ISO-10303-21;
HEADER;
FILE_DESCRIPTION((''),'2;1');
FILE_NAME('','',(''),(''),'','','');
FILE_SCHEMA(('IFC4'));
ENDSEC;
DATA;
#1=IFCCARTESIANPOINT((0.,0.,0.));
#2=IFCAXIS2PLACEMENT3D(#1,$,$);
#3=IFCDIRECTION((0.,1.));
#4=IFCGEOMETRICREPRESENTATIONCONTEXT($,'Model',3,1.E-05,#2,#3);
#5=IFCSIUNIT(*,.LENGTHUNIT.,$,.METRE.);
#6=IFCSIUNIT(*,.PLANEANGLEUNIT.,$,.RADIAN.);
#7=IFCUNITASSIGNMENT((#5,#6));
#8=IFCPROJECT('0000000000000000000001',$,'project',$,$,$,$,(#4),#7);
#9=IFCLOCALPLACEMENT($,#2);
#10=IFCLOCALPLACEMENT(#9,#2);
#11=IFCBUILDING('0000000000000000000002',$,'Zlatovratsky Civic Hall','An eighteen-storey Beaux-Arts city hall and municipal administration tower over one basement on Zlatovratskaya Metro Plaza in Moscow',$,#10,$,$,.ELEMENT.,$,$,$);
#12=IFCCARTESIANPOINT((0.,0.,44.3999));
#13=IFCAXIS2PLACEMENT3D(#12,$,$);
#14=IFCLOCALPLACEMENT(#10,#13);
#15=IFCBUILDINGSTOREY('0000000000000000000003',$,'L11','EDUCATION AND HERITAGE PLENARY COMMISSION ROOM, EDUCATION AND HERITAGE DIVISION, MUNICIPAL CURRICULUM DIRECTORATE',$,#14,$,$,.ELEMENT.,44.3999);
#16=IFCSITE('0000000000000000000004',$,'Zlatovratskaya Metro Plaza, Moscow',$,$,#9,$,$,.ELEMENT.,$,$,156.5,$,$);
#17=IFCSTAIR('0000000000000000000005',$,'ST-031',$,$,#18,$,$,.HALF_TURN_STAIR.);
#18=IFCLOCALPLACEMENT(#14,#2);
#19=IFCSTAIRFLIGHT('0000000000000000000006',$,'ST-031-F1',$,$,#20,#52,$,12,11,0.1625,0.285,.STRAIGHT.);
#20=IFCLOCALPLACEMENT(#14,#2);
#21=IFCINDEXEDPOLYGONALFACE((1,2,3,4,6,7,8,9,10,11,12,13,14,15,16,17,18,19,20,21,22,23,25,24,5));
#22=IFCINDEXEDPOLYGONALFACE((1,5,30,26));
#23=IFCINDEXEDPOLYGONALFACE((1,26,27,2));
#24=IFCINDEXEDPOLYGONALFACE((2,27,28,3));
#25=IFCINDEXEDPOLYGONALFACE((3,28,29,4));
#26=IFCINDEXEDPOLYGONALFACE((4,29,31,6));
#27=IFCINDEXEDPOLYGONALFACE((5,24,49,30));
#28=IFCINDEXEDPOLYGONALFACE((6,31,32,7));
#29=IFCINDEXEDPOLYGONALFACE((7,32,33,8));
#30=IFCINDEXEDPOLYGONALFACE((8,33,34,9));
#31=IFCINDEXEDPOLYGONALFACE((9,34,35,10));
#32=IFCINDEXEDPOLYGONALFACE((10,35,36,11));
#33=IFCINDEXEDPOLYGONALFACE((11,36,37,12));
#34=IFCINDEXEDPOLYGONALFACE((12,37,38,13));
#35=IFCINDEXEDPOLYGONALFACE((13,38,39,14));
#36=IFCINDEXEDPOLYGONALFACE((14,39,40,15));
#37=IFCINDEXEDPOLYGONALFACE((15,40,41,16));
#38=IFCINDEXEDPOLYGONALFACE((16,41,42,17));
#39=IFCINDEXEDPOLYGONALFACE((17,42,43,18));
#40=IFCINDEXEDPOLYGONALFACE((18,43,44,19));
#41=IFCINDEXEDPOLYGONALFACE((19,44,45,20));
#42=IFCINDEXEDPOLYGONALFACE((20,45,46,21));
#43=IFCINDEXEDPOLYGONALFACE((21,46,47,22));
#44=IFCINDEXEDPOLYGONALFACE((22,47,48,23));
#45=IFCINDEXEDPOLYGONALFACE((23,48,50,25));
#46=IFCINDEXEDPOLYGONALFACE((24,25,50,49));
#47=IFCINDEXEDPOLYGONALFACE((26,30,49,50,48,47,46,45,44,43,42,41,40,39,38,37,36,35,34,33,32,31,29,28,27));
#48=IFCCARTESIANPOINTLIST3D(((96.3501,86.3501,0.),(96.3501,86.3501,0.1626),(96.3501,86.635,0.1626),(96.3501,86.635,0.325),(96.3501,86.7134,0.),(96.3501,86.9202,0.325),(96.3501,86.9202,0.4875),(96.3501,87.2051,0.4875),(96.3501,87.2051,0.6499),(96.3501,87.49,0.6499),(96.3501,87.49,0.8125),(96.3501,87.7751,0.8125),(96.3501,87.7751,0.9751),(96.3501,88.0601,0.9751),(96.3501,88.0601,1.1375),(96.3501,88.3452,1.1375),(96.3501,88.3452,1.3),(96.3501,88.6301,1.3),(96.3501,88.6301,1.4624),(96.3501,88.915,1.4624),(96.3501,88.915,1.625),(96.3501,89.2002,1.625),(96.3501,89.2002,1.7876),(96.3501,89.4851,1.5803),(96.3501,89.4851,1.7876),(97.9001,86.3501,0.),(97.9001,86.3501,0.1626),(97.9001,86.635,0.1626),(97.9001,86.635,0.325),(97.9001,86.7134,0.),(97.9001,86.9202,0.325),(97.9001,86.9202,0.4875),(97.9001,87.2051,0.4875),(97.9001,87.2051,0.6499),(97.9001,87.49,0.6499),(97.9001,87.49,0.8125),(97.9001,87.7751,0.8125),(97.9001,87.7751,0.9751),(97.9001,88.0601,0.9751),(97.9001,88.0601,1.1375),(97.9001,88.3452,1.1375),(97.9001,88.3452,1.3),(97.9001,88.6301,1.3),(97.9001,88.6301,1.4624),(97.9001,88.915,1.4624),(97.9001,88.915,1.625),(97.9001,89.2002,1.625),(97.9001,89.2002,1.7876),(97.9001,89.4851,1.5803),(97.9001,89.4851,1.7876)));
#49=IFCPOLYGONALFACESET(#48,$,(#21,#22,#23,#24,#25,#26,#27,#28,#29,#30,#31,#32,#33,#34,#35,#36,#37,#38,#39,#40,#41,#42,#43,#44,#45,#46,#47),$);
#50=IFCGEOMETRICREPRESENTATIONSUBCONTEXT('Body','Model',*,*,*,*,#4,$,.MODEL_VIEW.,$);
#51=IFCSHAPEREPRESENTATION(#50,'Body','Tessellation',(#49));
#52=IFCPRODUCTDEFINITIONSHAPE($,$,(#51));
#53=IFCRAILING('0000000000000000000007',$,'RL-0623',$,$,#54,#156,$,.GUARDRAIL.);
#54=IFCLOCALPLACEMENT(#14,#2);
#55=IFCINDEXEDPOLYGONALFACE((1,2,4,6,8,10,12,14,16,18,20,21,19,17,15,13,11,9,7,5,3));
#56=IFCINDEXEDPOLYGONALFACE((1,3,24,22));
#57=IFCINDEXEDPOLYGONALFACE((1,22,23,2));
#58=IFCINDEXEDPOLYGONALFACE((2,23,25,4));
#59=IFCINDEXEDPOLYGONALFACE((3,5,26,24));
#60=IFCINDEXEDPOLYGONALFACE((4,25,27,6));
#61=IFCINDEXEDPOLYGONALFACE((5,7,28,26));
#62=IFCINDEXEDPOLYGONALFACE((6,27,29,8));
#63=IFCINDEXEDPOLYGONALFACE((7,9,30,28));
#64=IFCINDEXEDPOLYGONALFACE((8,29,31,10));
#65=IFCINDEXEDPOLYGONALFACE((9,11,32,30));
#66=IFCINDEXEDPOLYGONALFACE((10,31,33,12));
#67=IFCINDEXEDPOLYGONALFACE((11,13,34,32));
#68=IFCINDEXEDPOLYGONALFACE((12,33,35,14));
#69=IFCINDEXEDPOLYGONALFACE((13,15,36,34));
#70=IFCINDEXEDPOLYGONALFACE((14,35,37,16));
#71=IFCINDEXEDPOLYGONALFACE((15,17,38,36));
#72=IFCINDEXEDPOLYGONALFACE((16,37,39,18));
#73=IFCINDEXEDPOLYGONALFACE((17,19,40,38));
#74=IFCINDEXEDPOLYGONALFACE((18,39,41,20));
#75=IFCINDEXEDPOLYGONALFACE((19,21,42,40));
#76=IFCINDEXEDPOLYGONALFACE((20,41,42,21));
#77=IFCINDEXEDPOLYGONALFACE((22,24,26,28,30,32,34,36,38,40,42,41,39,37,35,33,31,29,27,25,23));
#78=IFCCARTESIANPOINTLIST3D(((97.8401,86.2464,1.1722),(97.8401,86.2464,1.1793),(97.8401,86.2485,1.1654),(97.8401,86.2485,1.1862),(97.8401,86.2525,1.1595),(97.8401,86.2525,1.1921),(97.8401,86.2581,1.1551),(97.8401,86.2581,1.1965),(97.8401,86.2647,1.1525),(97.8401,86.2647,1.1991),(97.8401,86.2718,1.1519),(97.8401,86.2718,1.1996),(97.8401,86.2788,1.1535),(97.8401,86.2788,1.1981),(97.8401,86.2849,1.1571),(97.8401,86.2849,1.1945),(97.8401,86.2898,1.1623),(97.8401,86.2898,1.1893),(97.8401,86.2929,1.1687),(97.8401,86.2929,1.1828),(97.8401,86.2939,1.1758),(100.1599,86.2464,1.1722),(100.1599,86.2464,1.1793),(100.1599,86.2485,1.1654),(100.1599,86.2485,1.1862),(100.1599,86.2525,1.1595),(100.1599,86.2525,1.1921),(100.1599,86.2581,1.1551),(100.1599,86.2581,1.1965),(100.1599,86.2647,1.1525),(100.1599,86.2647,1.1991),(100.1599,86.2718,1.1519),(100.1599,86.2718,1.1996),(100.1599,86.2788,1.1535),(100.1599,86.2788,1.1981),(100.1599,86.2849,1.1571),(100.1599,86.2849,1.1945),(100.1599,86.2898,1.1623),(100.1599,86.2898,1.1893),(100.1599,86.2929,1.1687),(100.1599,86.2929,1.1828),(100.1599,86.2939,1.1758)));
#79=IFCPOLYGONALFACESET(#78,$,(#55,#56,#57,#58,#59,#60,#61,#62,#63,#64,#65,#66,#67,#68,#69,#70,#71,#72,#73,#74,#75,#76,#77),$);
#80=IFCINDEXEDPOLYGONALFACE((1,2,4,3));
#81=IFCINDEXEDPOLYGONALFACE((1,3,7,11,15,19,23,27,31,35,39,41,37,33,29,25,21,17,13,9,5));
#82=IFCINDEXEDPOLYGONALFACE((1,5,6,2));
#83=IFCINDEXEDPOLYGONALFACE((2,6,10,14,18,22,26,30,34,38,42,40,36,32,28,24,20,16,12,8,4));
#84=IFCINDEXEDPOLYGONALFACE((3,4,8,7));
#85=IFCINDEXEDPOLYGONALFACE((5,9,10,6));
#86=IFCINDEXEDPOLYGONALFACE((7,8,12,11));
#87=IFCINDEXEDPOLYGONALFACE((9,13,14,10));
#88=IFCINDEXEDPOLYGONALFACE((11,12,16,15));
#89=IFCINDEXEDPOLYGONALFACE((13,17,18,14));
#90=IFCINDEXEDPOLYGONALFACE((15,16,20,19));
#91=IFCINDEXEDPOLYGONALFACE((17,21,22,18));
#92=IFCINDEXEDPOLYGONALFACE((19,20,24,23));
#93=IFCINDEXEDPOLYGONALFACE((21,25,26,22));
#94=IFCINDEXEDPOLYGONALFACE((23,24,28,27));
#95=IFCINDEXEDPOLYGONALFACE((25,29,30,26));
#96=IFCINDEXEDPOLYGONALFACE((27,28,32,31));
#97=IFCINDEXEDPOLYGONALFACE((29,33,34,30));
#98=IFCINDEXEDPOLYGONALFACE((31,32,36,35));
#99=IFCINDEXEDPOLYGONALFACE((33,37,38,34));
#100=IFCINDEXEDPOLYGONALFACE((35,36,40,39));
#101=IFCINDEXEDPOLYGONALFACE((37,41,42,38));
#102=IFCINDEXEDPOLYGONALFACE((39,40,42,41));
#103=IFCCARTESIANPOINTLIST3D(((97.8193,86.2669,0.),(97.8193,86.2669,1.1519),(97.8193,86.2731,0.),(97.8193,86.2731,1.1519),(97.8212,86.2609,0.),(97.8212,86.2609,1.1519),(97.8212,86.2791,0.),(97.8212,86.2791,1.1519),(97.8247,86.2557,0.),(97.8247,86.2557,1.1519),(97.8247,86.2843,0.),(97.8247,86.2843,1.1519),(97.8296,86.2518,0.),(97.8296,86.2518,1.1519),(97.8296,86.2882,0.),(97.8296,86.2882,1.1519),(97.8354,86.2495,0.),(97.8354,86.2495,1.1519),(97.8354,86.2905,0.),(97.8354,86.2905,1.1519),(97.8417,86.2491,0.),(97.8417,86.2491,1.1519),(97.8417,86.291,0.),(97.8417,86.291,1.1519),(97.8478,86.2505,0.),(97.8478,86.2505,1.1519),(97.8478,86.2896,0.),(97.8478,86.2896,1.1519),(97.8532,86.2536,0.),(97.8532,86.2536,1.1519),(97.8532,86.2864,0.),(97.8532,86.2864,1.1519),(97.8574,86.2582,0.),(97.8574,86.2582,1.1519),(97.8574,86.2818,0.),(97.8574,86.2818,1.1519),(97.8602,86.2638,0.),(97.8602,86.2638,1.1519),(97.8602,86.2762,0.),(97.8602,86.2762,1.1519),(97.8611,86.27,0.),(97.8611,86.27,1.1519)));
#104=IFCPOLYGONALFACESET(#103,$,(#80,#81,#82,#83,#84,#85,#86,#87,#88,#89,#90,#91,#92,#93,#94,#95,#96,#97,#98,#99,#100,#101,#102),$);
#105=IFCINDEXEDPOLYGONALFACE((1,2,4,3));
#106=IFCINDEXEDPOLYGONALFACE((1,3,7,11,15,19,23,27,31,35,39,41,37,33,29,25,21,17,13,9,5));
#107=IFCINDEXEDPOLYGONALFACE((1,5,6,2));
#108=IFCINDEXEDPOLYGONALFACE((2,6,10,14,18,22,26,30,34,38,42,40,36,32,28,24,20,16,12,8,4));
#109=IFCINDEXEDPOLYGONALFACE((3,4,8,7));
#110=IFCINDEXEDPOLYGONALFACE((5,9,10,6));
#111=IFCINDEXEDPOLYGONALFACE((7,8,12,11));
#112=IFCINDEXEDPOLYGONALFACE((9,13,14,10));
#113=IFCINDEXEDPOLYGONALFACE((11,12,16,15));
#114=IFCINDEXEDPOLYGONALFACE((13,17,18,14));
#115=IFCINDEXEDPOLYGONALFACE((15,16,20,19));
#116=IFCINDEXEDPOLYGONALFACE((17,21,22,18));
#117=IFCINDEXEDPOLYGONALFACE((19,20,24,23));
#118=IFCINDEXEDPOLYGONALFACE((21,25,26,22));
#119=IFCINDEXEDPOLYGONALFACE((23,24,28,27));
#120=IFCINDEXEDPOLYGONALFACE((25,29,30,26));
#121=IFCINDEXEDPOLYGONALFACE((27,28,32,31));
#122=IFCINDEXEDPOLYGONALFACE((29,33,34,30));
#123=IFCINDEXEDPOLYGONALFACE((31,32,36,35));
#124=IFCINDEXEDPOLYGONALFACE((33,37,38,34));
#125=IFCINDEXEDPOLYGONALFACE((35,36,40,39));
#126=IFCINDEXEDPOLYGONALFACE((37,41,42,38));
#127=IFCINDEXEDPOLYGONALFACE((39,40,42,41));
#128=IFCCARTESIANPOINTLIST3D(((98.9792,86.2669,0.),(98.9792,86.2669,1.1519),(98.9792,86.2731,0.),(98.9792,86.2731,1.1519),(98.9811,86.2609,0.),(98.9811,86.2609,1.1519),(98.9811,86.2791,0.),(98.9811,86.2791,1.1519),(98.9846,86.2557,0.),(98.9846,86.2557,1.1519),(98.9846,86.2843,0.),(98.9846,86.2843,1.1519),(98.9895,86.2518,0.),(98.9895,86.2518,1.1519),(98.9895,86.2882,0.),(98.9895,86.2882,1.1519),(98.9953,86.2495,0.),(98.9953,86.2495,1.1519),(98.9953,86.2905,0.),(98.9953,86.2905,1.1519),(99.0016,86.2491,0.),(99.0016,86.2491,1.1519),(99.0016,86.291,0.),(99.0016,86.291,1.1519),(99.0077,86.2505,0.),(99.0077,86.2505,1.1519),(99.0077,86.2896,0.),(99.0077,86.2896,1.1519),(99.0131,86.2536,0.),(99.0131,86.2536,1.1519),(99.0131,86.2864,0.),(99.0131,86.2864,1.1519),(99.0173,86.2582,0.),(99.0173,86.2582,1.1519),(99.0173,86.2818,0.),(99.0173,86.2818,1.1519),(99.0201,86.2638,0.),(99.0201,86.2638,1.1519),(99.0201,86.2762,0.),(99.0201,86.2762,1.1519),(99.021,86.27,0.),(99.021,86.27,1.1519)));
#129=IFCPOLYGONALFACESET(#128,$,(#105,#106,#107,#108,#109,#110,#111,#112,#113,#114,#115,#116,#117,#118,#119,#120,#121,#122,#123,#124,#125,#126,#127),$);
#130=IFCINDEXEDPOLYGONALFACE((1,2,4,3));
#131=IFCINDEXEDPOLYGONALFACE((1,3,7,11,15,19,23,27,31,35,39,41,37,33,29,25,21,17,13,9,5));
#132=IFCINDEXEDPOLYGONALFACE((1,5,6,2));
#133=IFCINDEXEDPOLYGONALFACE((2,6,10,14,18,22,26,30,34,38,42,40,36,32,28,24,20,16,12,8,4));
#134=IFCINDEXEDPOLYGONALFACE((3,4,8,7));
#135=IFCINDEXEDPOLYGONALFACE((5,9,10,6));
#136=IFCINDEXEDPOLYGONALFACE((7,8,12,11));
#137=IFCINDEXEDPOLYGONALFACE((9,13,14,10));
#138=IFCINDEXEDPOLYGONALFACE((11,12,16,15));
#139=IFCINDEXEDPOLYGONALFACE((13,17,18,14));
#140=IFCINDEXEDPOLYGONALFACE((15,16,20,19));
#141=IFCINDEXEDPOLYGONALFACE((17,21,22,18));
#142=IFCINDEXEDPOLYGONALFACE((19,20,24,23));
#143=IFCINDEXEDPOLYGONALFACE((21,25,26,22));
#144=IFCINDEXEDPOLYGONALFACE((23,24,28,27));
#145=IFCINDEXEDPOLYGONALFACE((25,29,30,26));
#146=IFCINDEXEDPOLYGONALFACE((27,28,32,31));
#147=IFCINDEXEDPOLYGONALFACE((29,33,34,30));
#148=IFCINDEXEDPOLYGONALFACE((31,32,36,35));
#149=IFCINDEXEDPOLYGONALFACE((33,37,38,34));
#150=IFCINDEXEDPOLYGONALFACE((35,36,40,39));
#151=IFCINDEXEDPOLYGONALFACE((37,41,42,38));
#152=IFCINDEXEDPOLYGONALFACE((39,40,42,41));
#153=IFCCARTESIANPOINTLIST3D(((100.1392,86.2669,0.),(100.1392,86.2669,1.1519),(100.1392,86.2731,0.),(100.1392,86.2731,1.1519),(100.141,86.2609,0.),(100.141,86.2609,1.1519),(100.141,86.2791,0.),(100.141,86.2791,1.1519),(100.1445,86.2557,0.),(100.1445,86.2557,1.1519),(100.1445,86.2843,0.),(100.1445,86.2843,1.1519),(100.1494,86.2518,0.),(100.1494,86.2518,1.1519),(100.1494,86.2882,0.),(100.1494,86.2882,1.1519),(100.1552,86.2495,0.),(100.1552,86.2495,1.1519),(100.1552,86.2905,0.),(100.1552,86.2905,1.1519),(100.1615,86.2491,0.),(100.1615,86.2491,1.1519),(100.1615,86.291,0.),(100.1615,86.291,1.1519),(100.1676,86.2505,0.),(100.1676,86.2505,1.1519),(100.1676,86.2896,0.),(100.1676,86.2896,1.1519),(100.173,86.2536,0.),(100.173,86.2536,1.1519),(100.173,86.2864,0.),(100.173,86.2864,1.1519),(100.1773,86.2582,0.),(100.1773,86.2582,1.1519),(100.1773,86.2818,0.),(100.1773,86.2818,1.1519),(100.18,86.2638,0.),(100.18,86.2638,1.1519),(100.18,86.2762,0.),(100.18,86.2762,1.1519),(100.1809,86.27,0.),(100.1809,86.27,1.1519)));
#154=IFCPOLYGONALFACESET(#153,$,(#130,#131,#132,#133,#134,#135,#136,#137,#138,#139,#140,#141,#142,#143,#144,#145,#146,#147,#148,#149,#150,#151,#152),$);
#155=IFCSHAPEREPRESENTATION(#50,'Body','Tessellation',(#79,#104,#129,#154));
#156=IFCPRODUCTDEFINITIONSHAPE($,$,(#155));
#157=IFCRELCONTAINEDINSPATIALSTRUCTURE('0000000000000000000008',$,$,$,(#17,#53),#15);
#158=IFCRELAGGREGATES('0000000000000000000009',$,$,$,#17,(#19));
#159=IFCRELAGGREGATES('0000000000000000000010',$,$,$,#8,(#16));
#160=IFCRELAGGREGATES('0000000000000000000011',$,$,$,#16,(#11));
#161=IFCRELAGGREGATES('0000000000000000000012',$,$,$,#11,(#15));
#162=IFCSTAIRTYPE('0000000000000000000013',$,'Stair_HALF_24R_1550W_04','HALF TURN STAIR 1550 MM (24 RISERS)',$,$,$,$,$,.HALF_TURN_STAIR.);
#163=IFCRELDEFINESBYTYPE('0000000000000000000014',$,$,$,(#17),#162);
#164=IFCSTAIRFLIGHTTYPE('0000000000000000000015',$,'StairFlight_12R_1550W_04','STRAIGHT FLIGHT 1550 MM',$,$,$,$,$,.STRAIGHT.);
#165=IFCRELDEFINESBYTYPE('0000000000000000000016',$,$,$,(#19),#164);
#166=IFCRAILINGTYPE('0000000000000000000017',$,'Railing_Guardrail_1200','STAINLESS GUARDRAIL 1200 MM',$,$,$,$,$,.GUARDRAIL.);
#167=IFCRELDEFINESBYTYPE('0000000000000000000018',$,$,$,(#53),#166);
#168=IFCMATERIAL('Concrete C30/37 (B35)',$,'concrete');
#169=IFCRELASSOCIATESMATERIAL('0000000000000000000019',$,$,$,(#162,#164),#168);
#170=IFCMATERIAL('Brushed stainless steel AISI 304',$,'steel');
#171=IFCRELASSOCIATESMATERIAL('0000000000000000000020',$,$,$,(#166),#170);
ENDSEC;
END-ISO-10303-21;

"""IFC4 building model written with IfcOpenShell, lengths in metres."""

from ifc_helpers import new_model, si_unit, direction, frame, origin, origin_2d, place, context, subcontext, project, spatial, polyline, circle, outline, extrude, material, type_object, element, aggregate, save


model = new_model("IFC4")

# Units and contexts
model_context = context("Model", 3, precision=1e-05, world=origin(), true_north=direction((0.0, 1.0)))
body_context = subcontext(model_context, "Body", "Model", "MODEL_VIEW")
ifc_project = project(units=[si_unit("LENGTHUNIT", "METRE"), si_unit("PLANEANGLEUNIT", "RADIAN")], contexts=[model_context])

# Site, building, storey
site_placement = place(None, origin())
site = spatial("IfcSite", under=ifc_project, at=site_placement, Name="Zlatovratskaya Metro Plaza, Moscow", CompositionType="ELEMENT", RefElevation=156.5)
building_placement = place(site_placement, origin())
building = spatial("IfcBuilding", under=site, at=building_placement, Name="Zlatovratsky Civic Hall", Description="An eighteen-storey Beaux-Arts city hall and municipal administration tower over one basement on Zlatovratskaya Metro Plaza in Moscow", CompositionType="ELEMENT")
storey_placement = place(building_placement, frame((0.0, 0.0, 44.3999)))
storey = spatial("IfcBuildingStorey", under=building, at=storey_placement, Name="L11", Description="EDUCATION AND HERITAGE PLENARY COMMISSION ROOM, EDUCATION AND HERITAGE DIVISION, MUNICIPAL CURRICULUM DIRECTORATE", CompositionType="ELEMENT", Elevation=44.3999)

# Stair, stair flight
ifc_material_1 = material(Name="Concrete C30/37 (B35)", Category="concrete")
stair_type = type_object("IfcStairType", Name="Stair_HALF_24R_1550W_04", Description="HALF TURN STAIR 1550 MM (24 RISERS)", PredefinedType="HALF_TURN_STAIR", material=ifc_material_1)
stair_placement = place(storey_placement, origin())
stair = element("IfcStair", 1, at=stair_placement, inside=storey, type_object=stair_type, Name="ST-031", PredefinedType="HALF_TURN_STAIR")
stair_flight_type = type_object("IfcStairFlightType", Name="StairFlight_12R_1550W_04", Description="STRAIGHT FLIGHT 1550 MM", PredefinedType="STRAIGHT", material=ifc_material_1)
stair_flight_placement = place(storey_placement, frame((97.125, 86.3501, 0.0), z_axis=(0.0, 0.0, 1.0), x_axis=(0.0, 1.0, 0.0)))
stair_flight = element("IfcStairFlight", 2, at=stair_flight_placement, type_object=stair_flight_type, Name="ST-031-F1", NumberOfRisers=12, NumberOfTreads=11, PredefinedType="STRAIGHT", RiserHeight=0.1625, TreadLength=0.285, context=body_context, shape_type="SweptSolid", body=[
    extrude(outline(polyline([(0.0, 0.0), (0.0, 0.1626), (0.2849, 0.1626), (0.2849, 0.325), (0.5701, 0.325), (0.5701, 0.4875), (0.855, 0.4875), (0.855, 0.6499), (1.1399, 0.6499), (1.1399, 0.8125), (1.425, 0.8125), (1.425, 0.9751), (1.71, 0.9751), (1.71, 1.1375), (1.9951, 1.1375), (1.9951, 1.3), (2.28, 1.3), (2.28, 1.4624), (2.5649, 1.4624), (2.5649, 1.625), (2.8501, 1.625), (2.8501, 1.7876), (3.135, 1.7876), (3.135, 1.95), (3.135, 1.5803), (0.3633, 0.0), (0.0, 0.0)])), frame((0.0, 0.7749, 0.0), z_axis=(0.0, -1.0, 0.0), x_axis=(1.0, 0.0, 0.0)), (0.0, 0.0, 1.0), 1.55),
])
aggregate(stair, [stair_flight])

# Railing
ifc_material_2 = material(Name="Brushed stainless steel AISI 304", Category="steel")
railing_type_1 = type_object("IfcRailingType", Name="Railing_Guardrail_1200", Description="STAINLESS GUARDRAIL 1200 MM", PredefinedType="GUARDRAIL", material=ifc_material_2)
railing_1_placement = place(storey_placement, frame((97.8401, 86.27, 0.0)))
element("IfcRailing", 3, at=railing_1_placement, inside=storey, type_object=railing_type_1, Name="RL-0623", PredefinedType="GUARDRAIL", context=body_context, shape_type="SweptSolid", body=[
    extrude(circle(Radius=0.0239, at=origin_2d()), frame((0.0, 0.0, 1.1758), z_axis=(1.0, 0.0, 0.0), x_axis=(0.0, 1.0, 0.0)), (0.0, 0.0, 1.0), 2.3198),
    extrude(circle(Radius=0.021, at=origin_2d()), origin(), (0.0, 0.0, 1.0), 1.1519),
    extrude(circle(Radius=0.021, at=origin_2d()), frame((1.1599, 0.0, 0.0)), (0.0, 0.0, 1.0), 1.1519),
    extrude(circle(Radius=0.021, at=origin_2d()), frame((2.3198, 0.0, 0.0)), (0.0, 0.0, 1.0), 1.1519),
])

save(model, "model.ifc")
